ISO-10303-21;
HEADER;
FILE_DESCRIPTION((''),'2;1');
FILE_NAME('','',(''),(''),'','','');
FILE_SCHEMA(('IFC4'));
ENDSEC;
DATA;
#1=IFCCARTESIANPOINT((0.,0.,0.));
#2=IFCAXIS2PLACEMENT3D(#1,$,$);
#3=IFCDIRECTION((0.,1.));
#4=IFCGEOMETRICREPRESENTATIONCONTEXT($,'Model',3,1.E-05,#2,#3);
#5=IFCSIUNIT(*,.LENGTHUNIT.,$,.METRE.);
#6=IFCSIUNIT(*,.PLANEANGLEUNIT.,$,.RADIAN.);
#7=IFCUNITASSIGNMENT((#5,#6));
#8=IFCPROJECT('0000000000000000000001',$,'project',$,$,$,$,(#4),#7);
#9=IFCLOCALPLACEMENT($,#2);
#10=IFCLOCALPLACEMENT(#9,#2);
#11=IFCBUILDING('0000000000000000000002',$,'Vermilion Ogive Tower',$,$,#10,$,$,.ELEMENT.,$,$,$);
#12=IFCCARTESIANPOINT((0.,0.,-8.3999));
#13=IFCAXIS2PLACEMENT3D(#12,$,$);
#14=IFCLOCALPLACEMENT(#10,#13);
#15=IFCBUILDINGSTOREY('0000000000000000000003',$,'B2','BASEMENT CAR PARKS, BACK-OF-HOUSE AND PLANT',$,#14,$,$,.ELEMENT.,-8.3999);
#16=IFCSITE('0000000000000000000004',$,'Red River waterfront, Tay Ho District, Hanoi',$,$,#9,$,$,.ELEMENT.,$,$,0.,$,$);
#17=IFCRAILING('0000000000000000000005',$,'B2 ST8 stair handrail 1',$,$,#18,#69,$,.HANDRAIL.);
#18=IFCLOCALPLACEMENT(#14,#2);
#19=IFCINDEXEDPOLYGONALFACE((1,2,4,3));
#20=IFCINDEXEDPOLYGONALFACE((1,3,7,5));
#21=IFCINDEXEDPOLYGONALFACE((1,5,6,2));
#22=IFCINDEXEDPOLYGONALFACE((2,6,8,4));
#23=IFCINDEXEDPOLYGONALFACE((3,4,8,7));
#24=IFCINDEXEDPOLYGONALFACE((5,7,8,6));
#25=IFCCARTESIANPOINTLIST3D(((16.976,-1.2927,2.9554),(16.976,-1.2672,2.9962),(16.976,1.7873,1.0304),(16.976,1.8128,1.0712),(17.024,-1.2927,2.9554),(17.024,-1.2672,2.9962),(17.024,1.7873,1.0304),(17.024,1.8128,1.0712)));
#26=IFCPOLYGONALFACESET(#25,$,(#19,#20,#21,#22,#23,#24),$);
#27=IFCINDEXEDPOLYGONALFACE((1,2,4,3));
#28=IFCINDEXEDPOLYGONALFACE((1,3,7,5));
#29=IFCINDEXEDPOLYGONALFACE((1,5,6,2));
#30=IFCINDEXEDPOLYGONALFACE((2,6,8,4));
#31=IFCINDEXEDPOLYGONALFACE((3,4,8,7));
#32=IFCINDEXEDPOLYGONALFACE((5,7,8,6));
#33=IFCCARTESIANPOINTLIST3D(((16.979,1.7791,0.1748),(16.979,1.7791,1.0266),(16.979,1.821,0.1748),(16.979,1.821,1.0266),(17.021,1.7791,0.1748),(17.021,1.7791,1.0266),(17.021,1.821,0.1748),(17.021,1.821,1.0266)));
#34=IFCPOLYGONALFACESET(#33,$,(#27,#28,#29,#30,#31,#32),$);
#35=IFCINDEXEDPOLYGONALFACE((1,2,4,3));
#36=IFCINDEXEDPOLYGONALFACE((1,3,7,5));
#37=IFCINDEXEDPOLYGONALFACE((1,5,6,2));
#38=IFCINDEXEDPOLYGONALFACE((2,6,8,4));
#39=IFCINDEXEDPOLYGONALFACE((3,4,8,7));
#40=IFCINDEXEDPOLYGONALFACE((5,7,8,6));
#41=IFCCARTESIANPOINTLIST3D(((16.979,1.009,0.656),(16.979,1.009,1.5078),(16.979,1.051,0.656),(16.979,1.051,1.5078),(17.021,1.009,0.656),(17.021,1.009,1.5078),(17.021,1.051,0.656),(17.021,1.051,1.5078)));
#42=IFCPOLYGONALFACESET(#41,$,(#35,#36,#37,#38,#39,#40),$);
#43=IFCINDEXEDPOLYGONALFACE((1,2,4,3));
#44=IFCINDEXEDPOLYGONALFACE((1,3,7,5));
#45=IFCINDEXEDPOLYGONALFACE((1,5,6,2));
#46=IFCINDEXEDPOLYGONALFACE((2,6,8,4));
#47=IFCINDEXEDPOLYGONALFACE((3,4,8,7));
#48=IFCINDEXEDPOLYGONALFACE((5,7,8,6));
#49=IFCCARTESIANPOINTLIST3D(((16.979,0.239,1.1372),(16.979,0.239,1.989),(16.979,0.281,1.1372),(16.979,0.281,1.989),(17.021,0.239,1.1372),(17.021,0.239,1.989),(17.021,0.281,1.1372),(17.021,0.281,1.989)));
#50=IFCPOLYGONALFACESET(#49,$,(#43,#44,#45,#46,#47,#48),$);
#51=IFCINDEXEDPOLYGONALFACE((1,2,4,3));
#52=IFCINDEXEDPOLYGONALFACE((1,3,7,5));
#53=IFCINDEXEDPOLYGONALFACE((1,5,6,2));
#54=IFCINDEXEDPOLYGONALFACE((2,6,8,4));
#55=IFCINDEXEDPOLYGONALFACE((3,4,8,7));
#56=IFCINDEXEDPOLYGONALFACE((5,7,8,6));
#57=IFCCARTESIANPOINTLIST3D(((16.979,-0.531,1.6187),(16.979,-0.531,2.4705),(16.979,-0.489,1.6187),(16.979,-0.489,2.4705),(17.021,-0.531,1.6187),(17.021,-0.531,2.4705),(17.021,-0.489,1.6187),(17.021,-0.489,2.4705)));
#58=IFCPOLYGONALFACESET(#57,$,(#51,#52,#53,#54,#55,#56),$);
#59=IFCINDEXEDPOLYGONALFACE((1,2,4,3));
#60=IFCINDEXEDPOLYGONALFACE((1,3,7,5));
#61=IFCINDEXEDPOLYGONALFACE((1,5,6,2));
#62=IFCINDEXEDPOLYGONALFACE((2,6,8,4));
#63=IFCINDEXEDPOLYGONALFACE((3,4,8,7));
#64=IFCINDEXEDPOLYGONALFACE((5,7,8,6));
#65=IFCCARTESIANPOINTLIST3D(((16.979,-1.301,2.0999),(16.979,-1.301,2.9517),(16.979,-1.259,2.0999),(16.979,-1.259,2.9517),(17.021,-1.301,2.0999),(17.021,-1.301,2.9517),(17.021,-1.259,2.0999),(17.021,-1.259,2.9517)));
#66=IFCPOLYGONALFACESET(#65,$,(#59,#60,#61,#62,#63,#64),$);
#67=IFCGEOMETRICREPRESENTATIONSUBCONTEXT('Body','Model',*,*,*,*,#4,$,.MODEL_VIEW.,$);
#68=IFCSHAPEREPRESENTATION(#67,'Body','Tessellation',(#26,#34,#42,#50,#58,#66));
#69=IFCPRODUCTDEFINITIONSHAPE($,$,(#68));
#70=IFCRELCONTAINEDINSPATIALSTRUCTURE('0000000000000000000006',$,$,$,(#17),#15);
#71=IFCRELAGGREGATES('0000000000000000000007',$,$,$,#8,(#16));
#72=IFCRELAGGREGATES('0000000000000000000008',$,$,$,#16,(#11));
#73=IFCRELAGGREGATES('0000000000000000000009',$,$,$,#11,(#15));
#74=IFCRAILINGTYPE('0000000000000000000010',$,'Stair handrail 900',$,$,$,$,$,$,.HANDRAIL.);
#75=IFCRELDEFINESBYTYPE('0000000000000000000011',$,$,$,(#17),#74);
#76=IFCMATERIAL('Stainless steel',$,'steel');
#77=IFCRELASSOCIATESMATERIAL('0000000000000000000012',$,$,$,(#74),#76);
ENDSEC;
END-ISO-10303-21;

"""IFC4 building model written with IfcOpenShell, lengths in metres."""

from ifc_helpers import new_model, si_unit, direction, frame, origin, origin_2d, place, context, subcontext, project, spatial, rectangle, extrude, material, type_object, element, save


model = new_model("IFC4")

# Units and contexts
model_context = context("Model", 3, precision=1e-05, world=origin(), true_north=direction((0.0, 1.0)))
body_context = subcontext(model_context, "Body", "Model", "MODEL_VIEW")
ifc_project = project(units=[si_unit("LENGTHUNIT", "METRE"), si_unit("PLANEANGLEUNIT", "RADIAN")], contexts=[model_context])

# Site, building, storey
site_placement = place(None, origin())
site = spatial("IfcSite", under=ifc_project, at=site_placement, Name="Red River waterfront, Tay Ho District, Hanoi", CompositionType="ELEMENT", RefElevation=0.0)
building_placement = place(site_placement, origin())
building = spatial("IfcBuilding", under=site, at=building_placement, Name="Vermilion Ogive Tower", CompositionType="ELEMENT")
storey_placement = place(building_placement, frame((0.0, 0.0, -8.3999)))
storey = spatial("IfcBuildingStorey", under=building, at=storey_placement, Name="B2", Description="BASEMENT CAR PARKS, BACK-OF-HOUSE AND PLANT", CompositionType="ELEMENT", Elevation=-8.3999)

# Railing
ifc_material_1 = material(Name="Stainless steel", Category="steel")
railing_type_1 = type_object("IfcRailingType", Name="Stair handrail 900", PredefinedType="HANDRAIL", material=ifc_material_1)
railing_1_placement = place(storey_placement, frame((17.0, 1.8, 0.1748)))
element("IfcRailing", 1, at=railing_1_placement, inside=storey, type_object=railing_type_1, Name="B2 ST8 stair handrail 1", PredefinedType="HANDRAIL", context=body_context, shape_type="SweptSolid", body=[
    extrude(rectangle(XDim=0.0481, YDim=0.0481, at=origin_2d()), frame((0.0, 0.0, 0.876), z_axis=(0.0, -0.847998, 0.529999), x_axis=(1.0, 0.0, 0.0)), (0.0, 0.0, 1.0), 3.6321),
    extrude(rectangle(XDim=0.042, YDim=0.042, at=origin_2d()), origin(), (0.0, 0.0, 1.0), 0.8518),
    extrude(rectangle(XDim=0.042, YDim=0.042, at=origin_2d()), frame((0.0, -0.77, 0.4812)), (0.0, 0.0, 1.0), 0.8518),
    extrude(rectangle(XDim=0.042, YDim=0.042, at=origin_2d()), frame((0.0, -1.54, 0.9624)), (0.0, 0.0, 1.0), 0.8518),
    extrude(rectangle(XDim=0.042, YDim=0.042, at=origin_2d()), frame((0.0, -2.3101, 1.4438)), (0.0, 0.0, 1.0), 0.8518),
    extrude(rectangle(XDim=0.042, YDim=0.042, at=origin_2d()), frame((0.0, -3.0801, 1.925)), (0.0, 0.0, 1.0), 0.8518),
])

save(model, "model.ifc")
